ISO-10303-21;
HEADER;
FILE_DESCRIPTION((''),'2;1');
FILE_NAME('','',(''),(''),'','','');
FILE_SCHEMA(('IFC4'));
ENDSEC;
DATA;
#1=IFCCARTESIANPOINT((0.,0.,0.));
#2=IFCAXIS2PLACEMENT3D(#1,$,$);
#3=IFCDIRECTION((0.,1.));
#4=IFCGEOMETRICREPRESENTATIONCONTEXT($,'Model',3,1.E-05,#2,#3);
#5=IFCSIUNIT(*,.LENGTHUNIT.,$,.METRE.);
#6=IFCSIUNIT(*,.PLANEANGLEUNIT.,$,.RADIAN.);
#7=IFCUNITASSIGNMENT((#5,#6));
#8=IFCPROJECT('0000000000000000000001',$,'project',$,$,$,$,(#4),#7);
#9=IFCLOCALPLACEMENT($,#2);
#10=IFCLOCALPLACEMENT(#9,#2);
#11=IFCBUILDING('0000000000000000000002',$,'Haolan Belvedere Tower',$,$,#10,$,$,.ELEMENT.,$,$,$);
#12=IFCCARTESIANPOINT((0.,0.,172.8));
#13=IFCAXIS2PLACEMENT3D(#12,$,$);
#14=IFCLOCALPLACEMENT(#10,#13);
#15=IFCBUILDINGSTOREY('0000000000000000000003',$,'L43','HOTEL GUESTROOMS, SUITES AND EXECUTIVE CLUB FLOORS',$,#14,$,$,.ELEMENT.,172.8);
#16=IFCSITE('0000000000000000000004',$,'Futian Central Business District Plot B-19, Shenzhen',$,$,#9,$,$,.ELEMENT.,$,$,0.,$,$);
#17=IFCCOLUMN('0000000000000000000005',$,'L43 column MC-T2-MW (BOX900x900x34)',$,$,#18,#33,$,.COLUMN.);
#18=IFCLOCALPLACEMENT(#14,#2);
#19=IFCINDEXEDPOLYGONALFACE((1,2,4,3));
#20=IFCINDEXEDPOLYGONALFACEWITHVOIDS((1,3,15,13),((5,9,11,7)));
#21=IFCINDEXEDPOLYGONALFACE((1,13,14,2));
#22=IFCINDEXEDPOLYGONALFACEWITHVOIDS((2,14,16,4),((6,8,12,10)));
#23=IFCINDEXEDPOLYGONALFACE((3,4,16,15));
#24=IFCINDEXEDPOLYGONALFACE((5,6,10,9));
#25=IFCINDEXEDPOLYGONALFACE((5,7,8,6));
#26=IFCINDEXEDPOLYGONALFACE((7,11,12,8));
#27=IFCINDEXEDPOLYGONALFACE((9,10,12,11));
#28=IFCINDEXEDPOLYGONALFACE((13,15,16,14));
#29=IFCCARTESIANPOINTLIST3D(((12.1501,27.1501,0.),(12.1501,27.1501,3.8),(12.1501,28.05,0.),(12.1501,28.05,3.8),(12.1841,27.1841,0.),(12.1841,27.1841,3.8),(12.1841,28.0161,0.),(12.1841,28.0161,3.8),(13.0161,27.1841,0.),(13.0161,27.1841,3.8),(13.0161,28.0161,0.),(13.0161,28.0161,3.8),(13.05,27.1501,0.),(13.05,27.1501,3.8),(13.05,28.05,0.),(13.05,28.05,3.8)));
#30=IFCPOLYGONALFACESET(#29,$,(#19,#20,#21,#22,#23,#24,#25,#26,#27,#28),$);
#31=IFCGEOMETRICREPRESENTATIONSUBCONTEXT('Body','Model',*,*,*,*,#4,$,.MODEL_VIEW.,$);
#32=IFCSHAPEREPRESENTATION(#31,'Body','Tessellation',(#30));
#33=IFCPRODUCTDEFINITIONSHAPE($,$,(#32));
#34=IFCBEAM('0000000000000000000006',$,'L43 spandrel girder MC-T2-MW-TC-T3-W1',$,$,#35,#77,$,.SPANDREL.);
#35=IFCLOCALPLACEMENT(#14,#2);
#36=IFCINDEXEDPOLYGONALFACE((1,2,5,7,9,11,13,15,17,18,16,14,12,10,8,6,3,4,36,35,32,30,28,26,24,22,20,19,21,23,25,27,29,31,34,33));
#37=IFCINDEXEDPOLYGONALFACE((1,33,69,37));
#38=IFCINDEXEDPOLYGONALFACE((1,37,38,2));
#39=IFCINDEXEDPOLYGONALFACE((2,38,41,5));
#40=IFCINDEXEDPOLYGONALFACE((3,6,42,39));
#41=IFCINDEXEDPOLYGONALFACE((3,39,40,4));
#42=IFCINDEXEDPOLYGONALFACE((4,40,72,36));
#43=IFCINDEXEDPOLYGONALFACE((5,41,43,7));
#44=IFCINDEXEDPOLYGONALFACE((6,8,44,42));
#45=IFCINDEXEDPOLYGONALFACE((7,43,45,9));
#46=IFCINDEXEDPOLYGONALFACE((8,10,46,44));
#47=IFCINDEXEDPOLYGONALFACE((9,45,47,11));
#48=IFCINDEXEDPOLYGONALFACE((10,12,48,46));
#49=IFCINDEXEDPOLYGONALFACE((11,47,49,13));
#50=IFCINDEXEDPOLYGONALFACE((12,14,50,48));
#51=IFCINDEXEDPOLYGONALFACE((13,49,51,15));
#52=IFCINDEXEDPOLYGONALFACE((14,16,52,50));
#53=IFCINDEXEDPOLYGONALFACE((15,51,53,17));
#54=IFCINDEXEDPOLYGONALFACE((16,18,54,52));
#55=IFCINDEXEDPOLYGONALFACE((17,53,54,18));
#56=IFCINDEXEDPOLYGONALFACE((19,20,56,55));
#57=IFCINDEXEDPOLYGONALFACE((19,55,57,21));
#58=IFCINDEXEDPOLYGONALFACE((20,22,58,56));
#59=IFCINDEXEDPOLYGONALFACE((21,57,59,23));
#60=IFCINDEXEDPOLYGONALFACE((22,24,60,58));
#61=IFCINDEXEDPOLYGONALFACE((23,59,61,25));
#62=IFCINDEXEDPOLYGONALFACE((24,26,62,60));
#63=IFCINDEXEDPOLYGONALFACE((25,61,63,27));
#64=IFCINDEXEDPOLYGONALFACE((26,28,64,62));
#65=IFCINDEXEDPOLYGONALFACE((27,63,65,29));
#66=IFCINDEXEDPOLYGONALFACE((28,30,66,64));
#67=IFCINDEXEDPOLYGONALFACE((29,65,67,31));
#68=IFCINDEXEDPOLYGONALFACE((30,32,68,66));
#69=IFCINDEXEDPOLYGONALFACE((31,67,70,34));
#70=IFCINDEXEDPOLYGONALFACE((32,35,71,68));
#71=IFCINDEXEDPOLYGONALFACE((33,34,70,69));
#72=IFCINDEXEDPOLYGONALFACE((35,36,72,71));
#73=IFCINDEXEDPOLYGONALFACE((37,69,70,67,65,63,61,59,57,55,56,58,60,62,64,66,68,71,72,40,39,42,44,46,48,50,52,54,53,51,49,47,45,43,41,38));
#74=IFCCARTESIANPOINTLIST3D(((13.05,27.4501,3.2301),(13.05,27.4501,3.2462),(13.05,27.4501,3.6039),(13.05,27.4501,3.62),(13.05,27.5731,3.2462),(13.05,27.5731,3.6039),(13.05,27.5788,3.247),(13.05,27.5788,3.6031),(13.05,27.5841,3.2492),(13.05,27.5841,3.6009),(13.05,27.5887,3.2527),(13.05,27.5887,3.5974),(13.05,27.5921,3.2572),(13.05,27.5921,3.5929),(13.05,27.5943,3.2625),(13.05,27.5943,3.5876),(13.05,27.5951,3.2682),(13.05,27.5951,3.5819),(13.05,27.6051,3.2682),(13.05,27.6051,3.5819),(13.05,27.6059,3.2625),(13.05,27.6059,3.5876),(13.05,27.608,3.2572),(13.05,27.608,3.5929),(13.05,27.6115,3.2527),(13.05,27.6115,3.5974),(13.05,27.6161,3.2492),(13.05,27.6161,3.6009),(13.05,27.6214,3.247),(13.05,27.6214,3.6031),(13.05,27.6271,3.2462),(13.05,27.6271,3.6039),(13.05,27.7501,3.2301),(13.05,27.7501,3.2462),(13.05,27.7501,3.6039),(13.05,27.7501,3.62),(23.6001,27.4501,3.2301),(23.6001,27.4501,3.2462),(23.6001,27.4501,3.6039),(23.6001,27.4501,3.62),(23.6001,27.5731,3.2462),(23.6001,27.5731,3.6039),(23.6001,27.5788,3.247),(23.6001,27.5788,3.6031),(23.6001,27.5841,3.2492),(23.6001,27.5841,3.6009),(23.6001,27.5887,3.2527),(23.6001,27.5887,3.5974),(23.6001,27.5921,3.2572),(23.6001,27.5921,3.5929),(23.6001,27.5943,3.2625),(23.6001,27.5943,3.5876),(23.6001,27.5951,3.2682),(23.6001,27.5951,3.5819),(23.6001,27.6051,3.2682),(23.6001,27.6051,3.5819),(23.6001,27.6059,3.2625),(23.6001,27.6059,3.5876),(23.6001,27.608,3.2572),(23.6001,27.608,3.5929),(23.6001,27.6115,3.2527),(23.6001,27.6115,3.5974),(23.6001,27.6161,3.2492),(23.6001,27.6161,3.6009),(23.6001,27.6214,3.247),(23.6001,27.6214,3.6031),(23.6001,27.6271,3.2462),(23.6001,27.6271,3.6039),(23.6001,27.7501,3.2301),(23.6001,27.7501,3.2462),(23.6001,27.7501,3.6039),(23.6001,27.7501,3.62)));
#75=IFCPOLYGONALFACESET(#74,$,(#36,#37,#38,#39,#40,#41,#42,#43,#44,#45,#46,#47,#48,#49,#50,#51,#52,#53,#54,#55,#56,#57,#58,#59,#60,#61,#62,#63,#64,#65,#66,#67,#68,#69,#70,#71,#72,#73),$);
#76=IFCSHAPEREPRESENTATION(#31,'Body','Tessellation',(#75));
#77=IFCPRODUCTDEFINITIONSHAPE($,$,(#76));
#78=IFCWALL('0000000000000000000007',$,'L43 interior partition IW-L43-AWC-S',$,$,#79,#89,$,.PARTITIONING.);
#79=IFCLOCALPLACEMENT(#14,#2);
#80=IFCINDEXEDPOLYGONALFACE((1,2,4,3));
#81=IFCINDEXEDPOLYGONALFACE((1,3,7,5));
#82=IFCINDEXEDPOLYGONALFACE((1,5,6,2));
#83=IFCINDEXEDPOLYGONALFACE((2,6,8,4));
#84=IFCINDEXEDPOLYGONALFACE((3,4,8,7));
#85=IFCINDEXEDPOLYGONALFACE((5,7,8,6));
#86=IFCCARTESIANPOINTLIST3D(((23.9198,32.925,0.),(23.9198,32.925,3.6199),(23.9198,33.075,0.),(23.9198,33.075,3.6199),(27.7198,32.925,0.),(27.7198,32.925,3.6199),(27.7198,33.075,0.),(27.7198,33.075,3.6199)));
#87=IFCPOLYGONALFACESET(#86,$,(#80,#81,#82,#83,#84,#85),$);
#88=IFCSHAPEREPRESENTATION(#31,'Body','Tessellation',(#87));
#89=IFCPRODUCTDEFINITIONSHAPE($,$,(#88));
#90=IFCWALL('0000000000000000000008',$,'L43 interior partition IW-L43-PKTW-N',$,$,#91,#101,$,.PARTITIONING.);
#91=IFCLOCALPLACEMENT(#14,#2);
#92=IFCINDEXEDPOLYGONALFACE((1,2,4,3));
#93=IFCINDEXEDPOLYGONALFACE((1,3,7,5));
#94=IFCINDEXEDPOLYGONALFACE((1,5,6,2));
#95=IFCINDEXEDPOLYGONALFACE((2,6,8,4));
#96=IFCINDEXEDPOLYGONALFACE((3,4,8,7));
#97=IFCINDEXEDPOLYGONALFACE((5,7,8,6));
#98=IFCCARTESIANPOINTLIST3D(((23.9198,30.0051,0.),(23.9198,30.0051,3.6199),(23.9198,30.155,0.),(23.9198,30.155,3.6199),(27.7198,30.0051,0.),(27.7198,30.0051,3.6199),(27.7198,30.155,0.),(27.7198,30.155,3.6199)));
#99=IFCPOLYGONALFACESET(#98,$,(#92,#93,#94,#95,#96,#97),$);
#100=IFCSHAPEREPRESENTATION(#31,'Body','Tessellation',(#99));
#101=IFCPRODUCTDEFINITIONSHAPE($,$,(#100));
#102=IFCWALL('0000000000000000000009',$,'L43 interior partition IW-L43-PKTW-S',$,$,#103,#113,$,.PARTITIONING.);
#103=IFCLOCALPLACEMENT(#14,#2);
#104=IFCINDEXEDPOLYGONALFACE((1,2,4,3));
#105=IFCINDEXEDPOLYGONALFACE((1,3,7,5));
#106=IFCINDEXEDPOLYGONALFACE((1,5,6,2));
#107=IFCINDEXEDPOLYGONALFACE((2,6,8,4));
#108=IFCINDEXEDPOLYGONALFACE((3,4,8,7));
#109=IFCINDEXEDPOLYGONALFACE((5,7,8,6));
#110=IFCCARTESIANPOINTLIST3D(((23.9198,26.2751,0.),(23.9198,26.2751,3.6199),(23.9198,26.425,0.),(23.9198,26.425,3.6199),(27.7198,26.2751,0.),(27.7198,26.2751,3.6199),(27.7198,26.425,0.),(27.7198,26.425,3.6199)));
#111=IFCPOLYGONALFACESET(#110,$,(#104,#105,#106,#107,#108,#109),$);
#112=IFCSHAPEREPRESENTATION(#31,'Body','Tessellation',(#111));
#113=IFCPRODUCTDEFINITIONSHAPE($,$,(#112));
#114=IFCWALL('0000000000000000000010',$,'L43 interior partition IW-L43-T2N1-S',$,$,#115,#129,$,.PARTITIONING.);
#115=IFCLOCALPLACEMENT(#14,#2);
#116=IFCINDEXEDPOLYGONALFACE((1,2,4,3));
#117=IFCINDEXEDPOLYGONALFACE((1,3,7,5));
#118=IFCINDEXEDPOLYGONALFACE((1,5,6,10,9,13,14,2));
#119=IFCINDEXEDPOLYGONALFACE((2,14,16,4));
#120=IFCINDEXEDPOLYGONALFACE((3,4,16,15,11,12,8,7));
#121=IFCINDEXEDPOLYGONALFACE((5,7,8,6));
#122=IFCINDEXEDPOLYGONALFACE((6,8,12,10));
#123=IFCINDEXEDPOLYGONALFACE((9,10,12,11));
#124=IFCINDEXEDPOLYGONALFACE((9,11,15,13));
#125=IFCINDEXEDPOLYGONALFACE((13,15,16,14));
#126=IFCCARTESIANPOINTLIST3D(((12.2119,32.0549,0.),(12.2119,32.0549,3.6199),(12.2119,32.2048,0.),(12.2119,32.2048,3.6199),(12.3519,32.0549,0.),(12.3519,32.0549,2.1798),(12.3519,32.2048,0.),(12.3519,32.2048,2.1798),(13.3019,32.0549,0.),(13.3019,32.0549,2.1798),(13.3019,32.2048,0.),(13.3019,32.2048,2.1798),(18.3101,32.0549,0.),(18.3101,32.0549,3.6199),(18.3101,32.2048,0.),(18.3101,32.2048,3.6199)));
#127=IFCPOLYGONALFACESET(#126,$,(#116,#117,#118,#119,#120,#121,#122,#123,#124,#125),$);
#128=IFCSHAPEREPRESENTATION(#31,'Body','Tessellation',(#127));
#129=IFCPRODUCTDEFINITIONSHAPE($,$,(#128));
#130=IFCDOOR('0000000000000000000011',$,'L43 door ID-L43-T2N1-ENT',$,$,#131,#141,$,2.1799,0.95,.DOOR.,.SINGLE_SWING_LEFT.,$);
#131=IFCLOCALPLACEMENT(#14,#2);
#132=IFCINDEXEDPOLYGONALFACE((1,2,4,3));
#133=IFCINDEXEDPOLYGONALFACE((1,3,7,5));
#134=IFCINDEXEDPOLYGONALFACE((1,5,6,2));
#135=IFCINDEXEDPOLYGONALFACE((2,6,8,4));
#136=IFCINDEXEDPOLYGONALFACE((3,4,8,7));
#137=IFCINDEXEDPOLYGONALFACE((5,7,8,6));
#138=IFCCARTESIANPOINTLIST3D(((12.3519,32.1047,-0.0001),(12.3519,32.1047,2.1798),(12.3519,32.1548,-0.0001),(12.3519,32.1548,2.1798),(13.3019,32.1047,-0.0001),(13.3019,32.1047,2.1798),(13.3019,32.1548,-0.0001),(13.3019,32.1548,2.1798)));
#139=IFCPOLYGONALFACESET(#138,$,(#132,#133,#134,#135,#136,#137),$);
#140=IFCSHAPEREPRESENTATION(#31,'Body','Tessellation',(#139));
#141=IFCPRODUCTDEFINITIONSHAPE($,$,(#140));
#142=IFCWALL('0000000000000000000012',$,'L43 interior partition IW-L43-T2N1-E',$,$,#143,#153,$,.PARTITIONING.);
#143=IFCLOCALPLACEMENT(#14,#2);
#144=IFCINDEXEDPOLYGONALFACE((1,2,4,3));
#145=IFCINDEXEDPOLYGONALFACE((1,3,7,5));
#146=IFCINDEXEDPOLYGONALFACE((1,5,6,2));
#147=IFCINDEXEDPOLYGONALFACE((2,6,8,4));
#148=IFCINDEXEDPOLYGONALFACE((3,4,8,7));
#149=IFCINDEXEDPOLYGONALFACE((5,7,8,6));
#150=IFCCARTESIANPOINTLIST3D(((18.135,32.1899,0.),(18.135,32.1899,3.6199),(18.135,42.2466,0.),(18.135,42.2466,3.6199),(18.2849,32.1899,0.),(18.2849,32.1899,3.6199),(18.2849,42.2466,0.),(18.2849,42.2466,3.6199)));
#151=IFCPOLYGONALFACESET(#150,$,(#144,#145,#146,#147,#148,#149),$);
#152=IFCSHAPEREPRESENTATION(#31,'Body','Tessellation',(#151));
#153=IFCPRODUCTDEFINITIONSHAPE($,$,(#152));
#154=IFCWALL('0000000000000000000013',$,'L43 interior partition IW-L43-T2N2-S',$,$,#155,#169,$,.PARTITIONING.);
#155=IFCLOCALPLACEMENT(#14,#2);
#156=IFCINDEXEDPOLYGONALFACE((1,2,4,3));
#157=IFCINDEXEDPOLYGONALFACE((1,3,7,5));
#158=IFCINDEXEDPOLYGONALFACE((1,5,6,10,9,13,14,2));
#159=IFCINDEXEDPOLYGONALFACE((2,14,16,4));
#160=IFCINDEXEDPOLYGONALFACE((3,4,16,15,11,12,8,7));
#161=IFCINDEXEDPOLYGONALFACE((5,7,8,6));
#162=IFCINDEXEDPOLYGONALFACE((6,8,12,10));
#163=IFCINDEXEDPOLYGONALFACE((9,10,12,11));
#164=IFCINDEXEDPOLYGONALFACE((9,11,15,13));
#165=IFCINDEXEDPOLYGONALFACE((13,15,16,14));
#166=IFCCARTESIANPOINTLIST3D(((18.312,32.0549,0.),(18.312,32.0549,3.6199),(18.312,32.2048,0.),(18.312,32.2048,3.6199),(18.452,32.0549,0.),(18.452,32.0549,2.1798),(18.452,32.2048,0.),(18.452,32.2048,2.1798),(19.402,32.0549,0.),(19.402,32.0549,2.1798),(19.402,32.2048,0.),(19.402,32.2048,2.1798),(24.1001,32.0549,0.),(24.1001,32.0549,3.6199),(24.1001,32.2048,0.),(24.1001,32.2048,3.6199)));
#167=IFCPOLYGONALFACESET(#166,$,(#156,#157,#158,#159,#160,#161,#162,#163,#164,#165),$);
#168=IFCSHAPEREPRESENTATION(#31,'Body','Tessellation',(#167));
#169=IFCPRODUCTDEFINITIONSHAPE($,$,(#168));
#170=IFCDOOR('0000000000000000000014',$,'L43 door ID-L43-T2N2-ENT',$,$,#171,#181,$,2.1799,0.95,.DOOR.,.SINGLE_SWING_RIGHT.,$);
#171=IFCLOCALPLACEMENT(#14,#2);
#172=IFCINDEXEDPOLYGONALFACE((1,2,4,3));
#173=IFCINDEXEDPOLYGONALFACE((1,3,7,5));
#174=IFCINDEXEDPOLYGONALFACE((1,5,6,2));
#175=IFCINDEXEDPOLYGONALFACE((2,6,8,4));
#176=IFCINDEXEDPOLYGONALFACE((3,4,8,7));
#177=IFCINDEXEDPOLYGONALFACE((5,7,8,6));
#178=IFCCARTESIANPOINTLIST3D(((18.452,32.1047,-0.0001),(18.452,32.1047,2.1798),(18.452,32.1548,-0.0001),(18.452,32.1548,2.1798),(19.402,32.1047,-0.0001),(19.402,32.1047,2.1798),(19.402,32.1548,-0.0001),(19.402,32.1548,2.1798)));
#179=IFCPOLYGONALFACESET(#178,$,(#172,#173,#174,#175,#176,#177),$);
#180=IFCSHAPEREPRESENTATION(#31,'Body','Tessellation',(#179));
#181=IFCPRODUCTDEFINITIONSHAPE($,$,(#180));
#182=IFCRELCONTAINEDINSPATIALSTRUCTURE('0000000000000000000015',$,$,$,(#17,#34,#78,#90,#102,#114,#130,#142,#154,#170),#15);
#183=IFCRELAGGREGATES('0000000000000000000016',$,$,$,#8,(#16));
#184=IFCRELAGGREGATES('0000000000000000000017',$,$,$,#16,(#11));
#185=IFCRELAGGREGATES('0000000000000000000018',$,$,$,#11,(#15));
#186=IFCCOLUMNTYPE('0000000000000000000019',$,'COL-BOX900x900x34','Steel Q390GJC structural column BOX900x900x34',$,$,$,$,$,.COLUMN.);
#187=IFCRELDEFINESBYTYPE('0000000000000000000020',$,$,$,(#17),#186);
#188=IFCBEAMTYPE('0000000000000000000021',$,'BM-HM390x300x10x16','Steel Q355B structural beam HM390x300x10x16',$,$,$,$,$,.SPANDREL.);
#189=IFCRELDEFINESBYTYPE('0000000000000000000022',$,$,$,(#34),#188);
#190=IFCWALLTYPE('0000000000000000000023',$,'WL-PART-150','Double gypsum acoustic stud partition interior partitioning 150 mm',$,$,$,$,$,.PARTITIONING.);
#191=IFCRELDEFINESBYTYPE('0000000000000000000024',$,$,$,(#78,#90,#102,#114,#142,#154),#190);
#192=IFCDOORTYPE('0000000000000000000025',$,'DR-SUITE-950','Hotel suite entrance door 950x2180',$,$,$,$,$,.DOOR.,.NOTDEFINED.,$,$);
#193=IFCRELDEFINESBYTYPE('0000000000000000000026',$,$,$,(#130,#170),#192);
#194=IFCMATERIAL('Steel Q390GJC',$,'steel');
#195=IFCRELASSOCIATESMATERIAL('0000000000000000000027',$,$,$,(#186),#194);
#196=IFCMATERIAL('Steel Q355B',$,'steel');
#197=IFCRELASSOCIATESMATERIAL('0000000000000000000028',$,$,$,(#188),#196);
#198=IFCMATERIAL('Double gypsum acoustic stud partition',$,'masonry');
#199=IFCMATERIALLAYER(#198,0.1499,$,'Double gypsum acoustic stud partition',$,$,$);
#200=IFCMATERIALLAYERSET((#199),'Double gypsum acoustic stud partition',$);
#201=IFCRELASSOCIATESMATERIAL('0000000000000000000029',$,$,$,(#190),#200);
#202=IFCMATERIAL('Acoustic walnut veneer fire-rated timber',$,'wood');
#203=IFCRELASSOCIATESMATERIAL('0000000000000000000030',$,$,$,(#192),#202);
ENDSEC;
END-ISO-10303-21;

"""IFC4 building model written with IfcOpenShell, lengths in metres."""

from ifc_helpers import new_model, si_unit, direction, frame, frame_2d, origin, origin_2d, place, context, subcontext, project, spatial, rectangle, hollow_rectangle, i_section, extrude, material, layer, layer_set, material_profile, profile_set, type_object, element, fill, save


model = new_model("IFC4")

# Units and contexts
model_context = context("Model", 3, precision=1e-05, world=origin(), true_north=direction((0.0, 1.0)))
body_context = subcontext(model_context, "Body", "Model", "MODEL_VIEW")
ifc_project = project(units=[si_unit("LENGTHUNIT", "METRE"), si_unit("PLANEANGLEUNIT", "RADIAN")], contexts=[model_context])

# Site, building, storey
site_placement = place(None, origin())
site = spatial("IfcSite", under=ifc_project, at=site_placement, Name="Futian Central Business District Plot B-19, Shenzhen", CompositionType="ELEMENT", RefElevation=0.0)
building_placement = place(site_placement, origin())
building = spatial("IfcBuilding", under=site, at=building_placement, Name="Haolan Belvedere Tower", CompositionType="ELEMENT")
storey_placement = place(building_placement, frame((0.0, 0.0, 172.8)))
storey = spatial("IfcBuildingStorey", under=building, at=storey_placement, Name="L43", Description="HOTEL GUESTROOMS, SUITES AND EXECUTIVE CLUB FLOORS", CompositionType="ELEMENT", Elevation=172.8)

# Column
ifc_material_1 = material(Name="Steel Q390GJC", Category="steel")
ifc_material_profile_1 = material_profile(ifc_material_1, hollow_rectangle(XDim=0.8999, YDim=0.8999, WallThickness=0.0339, at=origin_2d()), Name="Steel Q390GJC")
ifc_profile_set_1 = profile_set([ifc_material_profile_1], Name="Steel Q390GJC")
column_type = type_object("IfcColumnType", Name="COL-BOX900x900x34", Description="Steel Q390GJC structural column BOX900x900x34", PredefinedType="COLUMN", material=ifc_profile_set_1)
column_placement = place(storey_placement, frame((12.6001, 27.6001, 0.0), z_axis=(0.0, 0.0, 1.0), x_axis=(1.0, 0.0, 0.0)))
element("IfcColumn", 1, at=column_placement, inside=storey, type_object=column_type, Name="L43 column MC-T2-MW (BOX900x900x34)", PredefinedType="COLUMN", context=body_context, shape_type="SweptSolid", body=[
    extrude(hollow_rectangle(XDim=0.8999, YDim=0.8999, WallThickness=0.0339, at=origin_2d()), origin(), (0.0, 0.0, 1.0), 3.8),
])

# Beam
ifc_material_2 = material(Name="Steel Q355B", Category="steel")
ifc_material_profile_2 = material_profile(ifc_material_2, i_section(OverallWidth=0.3, OverallDepth=0.3899, WebThickness=0.01, FlangeThickness=0.0161, FilletRadius=0.022, at=origin_2d()), Name="Steel Q355B")
ifc_profile_set_2 = profile_set([ifc_material_profile_2], Name="Steel Q355B")
beam_type = type_object("IfcBeamType", Name="BM-HM390x300x10x16", Description="Steel Q355B structural beam HM390x300x10x16", PredefinedType="SPANDREL", material=ifc_profile_set_2)
beam_placement = place(storey_placement, frame((13.05, 27.6001, 3.425), z_axis=(1.0, 0.0, 0.0), x_axis=(0.0, 1.0, 0.0)))
element("IfcBeam", 2, at=beam_placement, inside=storey, type_object=beam_type, Name="L43 spandrel girder MC-T2-MW-TC-T3-W1", PredefinedType="SPANDREL", context=body_context, shape_type="SweptSolid", body=[
    extrude(i_section(OverallWidth=0.3, OverallDepth=0.3899, WebThickness=0.01, FlangeThickness=0.0161, FilletRadius=0.022, at=origin_2d()), origin(), (0.0, 0.0, 1.0), 10.55),
])

# Walls
ifc_material_3 = material(Name="Double gypsum acoustic stud partition", Category="masonry")
ifc_layer_1 = layer(ifc_material_3, 0.1499, Name="Double gypsum acoustic stud partition")
ifc_layer_set_1 = layer_set([ifc_layer_1], Name="Double gypsum acoustic stud partition")
wall_type_1 = type_object("IfcWallType", Name="WL-PART-150", Description="Double gypsum acoustic stud partition interior partitioning 150 mm", PredefinedType="PARTITIONING", material=ifc_layer_set_1)
for number, where, z_axis, x_axis, name in (
    (3, (23.9199, 33.0, 0.0), (0.0, 0.0, 1.0), (1.0, 0.0, 0.0), "L43 interior partition IW-L43-AWC-S"),
    (4, (23.9199, 30.0801, 0.0), (0.0, 0.0, 1.0), (1.0, 0.0, 0.0), "L43 interior partition IW-L43-PKTW-N"),
    (5, (23.9199, 26.3501, 0.0), (0.0, 0.0, 1.0), (1.0, 0.0, 0.0), "L43 interior partition IW-L43-PKTW-S"),
):
    element("IfcWall", number, at=place(storey_placement, frame(where, z_axis=z_axis, x_axis=x_axis)), inside=storey, type_object=wall_type_1, Name=name, PredefinedType="PARTITIONING", context=body_context, shape_type="SweptSolid", body=[
        extrude(rectangle(XDim=3.8, YDim=0.1499, at=frame_2d((1.8999, 0.0))), origin(), (0.0, 0.0, 1.0), 3.6199),
    ])

# Wall, opening, door
wall_1_placement = place(storey_placement, frame((12.2119, 32.1299, 0.0), z_axis=(0.0, 0.0, 1.0), x_axis=(1.0, 0.0, 0.0)))
wall_1 = element("IfcWall", 6, at=wall_1_placement, inside=storey, type_object=wall_type_1, Name="L43 interior partition IW-L43-T2N1-S", PredefinedType="PARTITIONING", context=body_context, shape_type="SweptSolid", body=[
    extrude(rectangle(XDim=6.0981, YDim=0.1499, at=frame_2d((3.0491, 0.0))), origin(), (0.0, 0.0, 1.0), 3.6199),
])
opening_1_placement = place(wall_1_placement, frame((0.1399, 0.0, 0.0)))
opening_1 = element("IfcOpeningElement", 7, at=opening_1_placement, cuts=wall_1, PredefinedType="OPENING", context=body_context, shape_type="SweptSolid", body=[
    extrude(rectangle(XDim=0.95, YDim=2.1799, at=frame_2d((0.4751, 1.0898))), frame((0.0, 0.085, 0.0), z_axis=(0.0, -1.0, 0.0), x_axis=(1.0, 0.0, 0.0)), (0.0, 0.0, 1.0), 0.1699),
])
ifc_material_4 = material(Name="Acoustic walnut veneer fire-rated timber", Category="wood")
door_type_1 = type_object("IfcDoorType", Name="DR-SUITE-950", Description="Hotel suite entrance door 950x2180", OperationType="NOTDEFINED", PredefinedType="DOOR", material=ifc_material_4)
door_1_placement = place(opening_1_placement, origin())
door_1 = element("IfcDoor", 8, at=door_1_placement, inside=storey, type_object=door_type_1, Name="L43 door ID-L43-T2N1-ENT", OperationType="SINGLE_SWING_LEFT", OverallHeight=2.1799, OverallWidth=0.95, PredefinedType="DOOR", context=body_context, shape_type="SweptSolid", body=[
    extrude(rectangle(XDim=0.95, YDim=2.1799, at=frame_2d((0.4751, 1.0898))), frame((0.0, 0.0249, 0.0), z_axis=(0.0, -1.0, 0.0), x_axis=(1.0, 0.0, 0.0)), (0.0, 0.0, 1.0), 0.05),
])
fill(opening_1, door_1)

# Wall
wall_2_placement = place(storey_placement, frame((18.21, 32.1899, 0.0), z_axis=(0.0, 0.0, 1.0), x_axis=(0.0, 1.0, 0.0)))
element("IfcWall", 9, at=wall_2_placement, inside=storey, type_object=wall_type_1, Name="L43 interior partition IW-L43-T2N1-E", PredefinedType="PARTITIONING", context=body_context, shape_type="SweptSolid", body=[
    extrude(rectangle(XDim=10.0566, YDim=0.1499, at=frame_2d((5.0283, 0.0))), origin(), (0.0, 0.0, 1.0), 3.6199),
])

# Wall, opening, door
wall_3_placement = place(storey_placement, frame((18.312, 32.1299, 0.0), z_axis=(0.0, 0.0, 1.0), x_axis=(1.0, 0.0, 0.0)))
wall_3 = element("IfcWall", 10, at=wall_3_placement, inside=storey, type_object=wall_type_1, Name="L43 interior partition IW-L43-T2N2-S", PredefinedType="PARTITIONING", context=body_context, shape_type="SweptSolid", body=[
    extrude(rectangle(XDim=5.7881, YDim=0.1499, at=frame_2d((2.894, 0.0))), origin(), (0.0, 0.0, 1.0), 3.6199),
])
opening_2_placement = place(wall_3_placement, frame((0.1399, 0.0, 0.0)))
opening_2 = element("IfcOpeningElement", 11, at=opening_2_placement, cuts=wall_3, PredefinedType="OPENING", context=body_context, shape_type="SweptSolid", body=[
    extrude(rectangle(XDim=0.95, YDim=2.1799, at=frame_2d((0.4751, 1.0898))), frame((0.0, 0.085, 0.0), z_axis=(0.0, -1.0, 0.0), x_axis=(1.0, 0.0, 0.0)), (0.0, 0.0, 1.0), 0.1699),
])
door_2_placement = place(opening_2_placement, origin())
door_2 = element("IfcDoor", 12, at=door_2_placement, inside=storey, type_object=door_type_1, Name="L43 door ID-L43-T2N2-ENT", OperationType="SINGLE_SWING_RIGHT", OverallHeight=2.1799, OverallWidth=0.95, PredefinedType="DOOR", context=body_context, shape_type="SweptSolid", body=[
    extrude(rectangle(XDim=0.95, YDim=2.1799, at=frame_2d((0.4751, 1.0898))), frame((0.0, 0.0249, 0.0), z_axis=(0.0, -1.0, 0.0), x_axis=(1.0, 0.0, 0.0)), (0.0, 0.0, 1.0), 0.05),
])
fill(opening_2, door_2)

save(model, "model.ifc")
